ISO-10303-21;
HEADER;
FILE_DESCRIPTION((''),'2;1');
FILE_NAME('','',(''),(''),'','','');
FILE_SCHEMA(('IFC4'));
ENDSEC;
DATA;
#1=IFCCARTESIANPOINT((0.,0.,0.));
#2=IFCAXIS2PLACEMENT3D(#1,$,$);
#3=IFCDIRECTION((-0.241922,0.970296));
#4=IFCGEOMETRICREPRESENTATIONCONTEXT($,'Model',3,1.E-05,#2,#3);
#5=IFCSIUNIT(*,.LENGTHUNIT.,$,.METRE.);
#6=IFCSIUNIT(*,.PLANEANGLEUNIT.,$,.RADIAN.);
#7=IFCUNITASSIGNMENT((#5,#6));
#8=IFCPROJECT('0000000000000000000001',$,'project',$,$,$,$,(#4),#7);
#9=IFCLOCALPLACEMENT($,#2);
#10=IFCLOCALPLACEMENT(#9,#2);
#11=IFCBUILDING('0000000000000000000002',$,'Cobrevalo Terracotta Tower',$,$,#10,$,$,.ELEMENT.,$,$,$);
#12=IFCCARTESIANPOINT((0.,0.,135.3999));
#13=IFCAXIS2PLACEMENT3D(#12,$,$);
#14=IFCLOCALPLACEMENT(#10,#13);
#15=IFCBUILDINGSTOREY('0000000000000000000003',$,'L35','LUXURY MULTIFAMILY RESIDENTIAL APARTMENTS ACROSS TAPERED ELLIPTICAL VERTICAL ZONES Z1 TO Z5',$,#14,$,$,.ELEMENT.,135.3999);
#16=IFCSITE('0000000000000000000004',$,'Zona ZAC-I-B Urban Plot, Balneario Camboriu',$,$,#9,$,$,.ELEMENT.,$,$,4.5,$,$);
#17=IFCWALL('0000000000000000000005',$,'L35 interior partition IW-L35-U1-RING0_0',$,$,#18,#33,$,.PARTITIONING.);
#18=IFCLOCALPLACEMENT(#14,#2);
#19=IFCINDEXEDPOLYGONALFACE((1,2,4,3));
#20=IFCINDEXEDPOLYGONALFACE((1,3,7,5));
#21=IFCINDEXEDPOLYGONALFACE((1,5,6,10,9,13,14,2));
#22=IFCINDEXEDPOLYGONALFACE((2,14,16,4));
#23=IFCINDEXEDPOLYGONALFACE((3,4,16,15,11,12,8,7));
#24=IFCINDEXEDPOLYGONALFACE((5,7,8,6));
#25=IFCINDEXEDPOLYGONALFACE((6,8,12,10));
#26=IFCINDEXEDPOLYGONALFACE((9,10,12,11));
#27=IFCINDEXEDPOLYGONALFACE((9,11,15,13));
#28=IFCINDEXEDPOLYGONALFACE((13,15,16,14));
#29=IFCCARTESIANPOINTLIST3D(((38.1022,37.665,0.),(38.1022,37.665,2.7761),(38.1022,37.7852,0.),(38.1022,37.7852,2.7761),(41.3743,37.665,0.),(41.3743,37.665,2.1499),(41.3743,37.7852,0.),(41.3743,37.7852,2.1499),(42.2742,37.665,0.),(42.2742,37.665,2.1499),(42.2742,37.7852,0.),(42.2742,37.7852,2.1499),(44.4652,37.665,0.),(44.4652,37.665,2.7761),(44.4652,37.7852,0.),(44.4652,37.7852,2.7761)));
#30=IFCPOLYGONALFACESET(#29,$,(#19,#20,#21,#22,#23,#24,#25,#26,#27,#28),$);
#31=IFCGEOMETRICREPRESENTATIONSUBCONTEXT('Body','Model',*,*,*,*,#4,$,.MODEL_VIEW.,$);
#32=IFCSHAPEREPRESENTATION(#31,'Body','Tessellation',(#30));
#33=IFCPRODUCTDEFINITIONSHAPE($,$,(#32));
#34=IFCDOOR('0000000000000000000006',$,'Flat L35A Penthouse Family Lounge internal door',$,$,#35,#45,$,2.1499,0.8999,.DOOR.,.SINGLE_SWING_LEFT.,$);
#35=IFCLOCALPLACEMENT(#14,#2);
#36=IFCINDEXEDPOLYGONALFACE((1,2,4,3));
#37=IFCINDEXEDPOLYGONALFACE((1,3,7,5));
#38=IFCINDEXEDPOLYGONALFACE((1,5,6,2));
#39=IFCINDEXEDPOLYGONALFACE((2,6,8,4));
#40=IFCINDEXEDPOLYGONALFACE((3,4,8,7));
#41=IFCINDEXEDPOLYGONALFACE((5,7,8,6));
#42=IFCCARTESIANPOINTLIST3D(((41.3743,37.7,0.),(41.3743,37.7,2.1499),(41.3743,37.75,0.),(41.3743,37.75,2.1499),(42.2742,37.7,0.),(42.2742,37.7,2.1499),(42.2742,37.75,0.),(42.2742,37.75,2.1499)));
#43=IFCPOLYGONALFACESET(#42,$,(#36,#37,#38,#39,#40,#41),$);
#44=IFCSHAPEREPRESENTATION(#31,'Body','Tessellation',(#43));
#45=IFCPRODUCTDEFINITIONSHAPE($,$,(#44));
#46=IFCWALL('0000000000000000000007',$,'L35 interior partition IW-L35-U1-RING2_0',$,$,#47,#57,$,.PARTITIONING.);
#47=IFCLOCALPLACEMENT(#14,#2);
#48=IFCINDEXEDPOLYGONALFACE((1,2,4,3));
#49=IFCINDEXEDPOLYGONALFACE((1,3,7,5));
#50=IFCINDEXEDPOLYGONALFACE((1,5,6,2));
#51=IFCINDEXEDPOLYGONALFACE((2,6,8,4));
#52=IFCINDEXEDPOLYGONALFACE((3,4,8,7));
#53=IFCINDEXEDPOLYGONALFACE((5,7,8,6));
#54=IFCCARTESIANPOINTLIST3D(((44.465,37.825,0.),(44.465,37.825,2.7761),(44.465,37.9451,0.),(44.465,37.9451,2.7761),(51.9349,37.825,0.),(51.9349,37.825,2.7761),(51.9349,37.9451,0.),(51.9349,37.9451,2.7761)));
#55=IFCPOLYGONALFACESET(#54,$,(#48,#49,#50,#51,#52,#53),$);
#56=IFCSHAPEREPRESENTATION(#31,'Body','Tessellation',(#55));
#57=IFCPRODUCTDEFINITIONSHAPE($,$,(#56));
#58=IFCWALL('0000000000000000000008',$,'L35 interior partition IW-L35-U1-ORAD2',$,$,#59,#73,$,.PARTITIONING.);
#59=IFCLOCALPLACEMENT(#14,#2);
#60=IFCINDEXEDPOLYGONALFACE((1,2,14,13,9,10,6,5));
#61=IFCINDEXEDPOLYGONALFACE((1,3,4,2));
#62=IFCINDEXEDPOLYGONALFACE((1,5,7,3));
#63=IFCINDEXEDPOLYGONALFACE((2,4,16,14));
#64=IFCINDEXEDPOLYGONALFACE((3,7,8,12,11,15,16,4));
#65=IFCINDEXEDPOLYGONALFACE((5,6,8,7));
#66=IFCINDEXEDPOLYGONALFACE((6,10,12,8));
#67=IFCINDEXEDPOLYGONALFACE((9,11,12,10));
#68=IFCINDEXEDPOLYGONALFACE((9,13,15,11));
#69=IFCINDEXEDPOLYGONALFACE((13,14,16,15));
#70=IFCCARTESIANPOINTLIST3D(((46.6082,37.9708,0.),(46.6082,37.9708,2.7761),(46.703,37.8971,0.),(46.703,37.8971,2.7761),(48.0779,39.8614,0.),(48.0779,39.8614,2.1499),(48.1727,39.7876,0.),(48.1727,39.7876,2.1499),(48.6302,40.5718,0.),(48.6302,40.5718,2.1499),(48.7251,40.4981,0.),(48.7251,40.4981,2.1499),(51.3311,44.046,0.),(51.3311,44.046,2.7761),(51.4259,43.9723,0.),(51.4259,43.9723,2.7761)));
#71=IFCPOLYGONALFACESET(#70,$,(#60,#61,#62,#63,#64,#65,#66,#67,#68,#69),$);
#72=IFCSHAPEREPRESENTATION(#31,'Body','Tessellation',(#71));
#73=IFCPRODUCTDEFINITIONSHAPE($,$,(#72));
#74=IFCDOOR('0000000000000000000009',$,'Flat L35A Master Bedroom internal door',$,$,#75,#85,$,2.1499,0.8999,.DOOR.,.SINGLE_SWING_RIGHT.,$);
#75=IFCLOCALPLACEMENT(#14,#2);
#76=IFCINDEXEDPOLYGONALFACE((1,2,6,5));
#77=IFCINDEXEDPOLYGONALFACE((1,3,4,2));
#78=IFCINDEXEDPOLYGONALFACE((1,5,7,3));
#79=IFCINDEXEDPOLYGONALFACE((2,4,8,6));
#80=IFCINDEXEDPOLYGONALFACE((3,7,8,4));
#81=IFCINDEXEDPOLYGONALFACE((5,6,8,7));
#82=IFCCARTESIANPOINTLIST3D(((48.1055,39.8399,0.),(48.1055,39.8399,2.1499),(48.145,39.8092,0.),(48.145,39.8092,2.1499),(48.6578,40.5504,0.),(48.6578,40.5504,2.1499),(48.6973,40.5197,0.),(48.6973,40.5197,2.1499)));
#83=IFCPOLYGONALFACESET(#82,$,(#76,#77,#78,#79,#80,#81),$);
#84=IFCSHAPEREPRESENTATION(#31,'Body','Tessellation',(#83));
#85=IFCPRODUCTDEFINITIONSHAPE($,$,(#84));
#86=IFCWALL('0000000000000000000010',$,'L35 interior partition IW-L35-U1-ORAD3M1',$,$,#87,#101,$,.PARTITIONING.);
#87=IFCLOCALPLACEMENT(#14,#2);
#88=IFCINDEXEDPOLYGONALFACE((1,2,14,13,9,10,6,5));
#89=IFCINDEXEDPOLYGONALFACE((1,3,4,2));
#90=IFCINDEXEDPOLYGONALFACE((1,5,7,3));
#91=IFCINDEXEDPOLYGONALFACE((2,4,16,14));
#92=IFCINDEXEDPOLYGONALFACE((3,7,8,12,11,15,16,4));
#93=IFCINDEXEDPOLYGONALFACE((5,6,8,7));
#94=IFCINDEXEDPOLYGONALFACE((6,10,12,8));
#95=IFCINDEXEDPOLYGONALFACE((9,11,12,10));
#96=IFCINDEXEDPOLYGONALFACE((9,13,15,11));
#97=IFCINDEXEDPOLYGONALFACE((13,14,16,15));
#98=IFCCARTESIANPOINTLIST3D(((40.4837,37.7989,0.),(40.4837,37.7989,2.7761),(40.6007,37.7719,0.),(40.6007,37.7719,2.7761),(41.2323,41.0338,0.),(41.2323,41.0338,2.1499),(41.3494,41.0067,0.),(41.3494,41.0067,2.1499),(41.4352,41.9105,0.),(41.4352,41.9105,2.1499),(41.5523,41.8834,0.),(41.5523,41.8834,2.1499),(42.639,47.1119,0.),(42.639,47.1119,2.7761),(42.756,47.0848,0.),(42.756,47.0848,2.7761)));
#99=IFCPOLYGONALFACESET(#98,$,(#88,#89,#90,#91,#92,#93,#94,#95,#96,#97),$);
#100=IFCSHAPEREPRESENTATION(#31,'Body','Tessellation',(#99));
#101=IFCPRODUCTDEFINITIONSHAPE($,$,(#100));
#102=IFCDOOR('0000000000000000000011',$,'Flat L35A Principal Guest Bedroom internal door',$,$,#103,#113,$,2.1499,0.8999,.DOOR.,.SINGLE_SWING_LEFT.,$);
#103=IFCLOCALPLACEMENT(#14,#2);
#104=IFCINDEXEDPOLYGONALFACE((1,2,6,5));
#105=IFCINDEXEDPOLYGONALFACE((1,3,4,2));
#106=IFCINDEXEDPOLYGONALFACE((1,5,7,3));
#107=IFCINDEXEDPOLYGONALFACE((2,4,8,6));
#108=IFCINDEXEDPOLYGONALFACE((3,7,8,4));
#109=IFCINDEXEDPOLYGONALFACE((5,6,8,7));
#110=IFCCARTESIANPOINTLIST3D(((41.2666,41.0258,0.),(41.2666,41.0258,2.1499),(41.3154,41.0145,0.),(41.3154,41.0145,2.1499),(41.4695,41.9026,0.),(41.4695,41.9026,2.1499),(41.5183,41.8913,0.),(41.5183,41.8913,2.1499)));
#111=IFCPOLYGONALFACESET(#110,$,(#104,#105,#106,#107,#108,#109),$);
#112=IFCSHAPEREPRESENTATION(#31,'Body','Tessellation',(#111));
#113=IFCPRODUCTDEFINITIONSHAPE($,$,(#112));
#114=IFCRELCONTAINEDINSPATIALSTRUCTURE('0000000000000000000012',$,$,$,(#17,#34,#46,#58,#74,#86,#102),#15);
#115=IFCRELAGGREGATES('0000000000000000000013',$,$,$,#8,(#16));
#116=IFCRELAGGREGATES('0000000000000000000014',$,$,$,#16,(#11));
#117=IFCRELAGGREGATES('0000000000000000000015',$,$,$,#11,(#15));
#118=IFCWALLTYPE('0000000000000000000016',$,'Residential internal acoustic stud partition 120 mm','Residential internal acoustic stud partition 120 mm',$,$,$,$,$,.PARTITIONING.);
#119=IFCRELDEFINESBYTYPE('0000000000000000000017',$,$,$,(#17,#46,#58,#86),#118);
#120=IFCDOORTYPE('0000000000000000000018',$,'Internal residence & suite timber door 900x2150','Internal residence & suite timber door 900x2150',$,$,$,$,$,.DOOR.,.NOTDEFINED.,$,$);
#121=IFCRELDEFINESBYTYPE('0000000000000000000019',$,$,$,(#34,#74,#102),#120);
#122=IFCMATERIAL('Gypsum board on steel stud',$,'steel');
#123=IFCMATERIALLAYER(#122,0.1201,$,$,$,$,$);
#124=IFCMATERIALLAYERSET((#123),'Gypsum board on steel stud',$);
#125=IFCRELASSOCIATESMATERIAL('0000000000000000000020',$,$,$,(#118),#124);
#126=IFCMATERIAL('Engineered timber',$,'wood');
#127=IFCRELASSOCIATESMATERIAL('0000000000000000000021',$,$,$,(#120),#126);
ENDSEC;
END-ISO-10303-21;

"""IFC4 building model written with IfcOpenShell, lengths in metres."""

from ifc_helpers import new_model, si_unit, direction, frame, frame_2d, origin, place, context, subcontext, project, spatial, rectangle, extrude, source, transform, mapped, material, layer, layer_set, type_object, element, fill, save


model = new_model("IFC4")

# Units and contexts
model_context = context("Model", 3, precision=1e-05, world=origin(), true_north=direction((-0.241922, 0.970296)))
body_context = subcontext(model_context, "Body", "Model", "MODEL_VIEW")
ifc_project = project(units=[si_unit("LENGTHUNIT", "METRE"), si_unit("PLANEANGLEUNIT", "RADIAN")], contexts=[model_context])

# Site, building, storey
site_placement = place(None, origin())
site = spatial("IfcSite", under=ifc_project, at=site_placement, Name="Zona ZAC-I-B Urban Plot, Balneario Camboriu", CompositionType="ELEMENT", RefElevation=4.5)
building_placement = place(site_placement, origin())
building = spatial("IfcBuilding", under=site, at=building_placement, Name="Cobrevalo Terracotta Tower", CompositionType="ELEMENT")
storey_placement = place(building_placement, frame((0.0, 0.0, 135.3999)))
storey = spatial("IfcBuildingStorey", under=building, at=storey_placement, Name="L35", Description="LUXURY MULTIFAMILY RESIDENTIAL APARTMENTS ACROSS TAPERED ELLIPTICAL VERTICAL ZONES Z1 TO Z5", CompositionType="ELEMENT", Elevation=135.3999)

# Wall, opening, door
ifc_material_1 = material(Name="Gypsum board on steel stud", Category="steel")
ifc_layer_1 = layer(ifc_material_1, 0.1201)
ifc_layer_set_1 = layer_set([ifc_layer_1], Name="Gypsum board on steel stud")
wall_type_1 = type_object("IfcWallType", Name="Residential internal acoustic stud partition 120 mm", Description="Residential internal acoustic stud partition 120 mm", PredefinedType="PARTITIONING", material=ifc_layer_set_1)
wall_1_placement = place(storey_placement, frame((38.1021, 37.7251, 0.0), z_axis=(0.0, 0.0, 1.0), x_axis=(1.0, 0.0, 0.0)))
wall_1 = element("IfcWall", 1, at=wall_1_placement, inside=storey, type_object=wall_type_1, Name="L35 interior partition IW-L35-U1-RING0_0", PredefinedType="PARTITIONING", context=body_context, shape_type="SweptSolid", body=[
    extrude(rectangle(XDim=6.363, YDim=0.1201, at=frame_2d((3.1816, 0.0))), origin(), (0.0, 0.0, 1.0), 2.7761),
])
opening_1_placement = place(wall_1_placement, frame((3.2722, 0.0, 0.0)))
opening_1 = element("IfcOpeningElement", 2, at=opening_1_placement, cuts=wall_1, PredefinedType="OPENING", context=body_context, shape_type="SweptSolid", body=[
    extrude(rectangle(XDim=0.8999, YDim=2.1499, at=frame_2d((0.45, 1.075))), frame((0.0, 0.0701, 0.0), z_axis=(0.0, -1.0, 0.0), x_axis=(1.0, 0.0, 0.0)), (0.0, 0.0, 1.0), 0.1401),
])
ifc_material_2 = material(Name="Engineered timber", Category="wood")
door_type_1 = type_object("IfcDoorType", Name="Internal residence & suite timber door 900x2150", Description="Internal residence & suite timber door 900x2150", OperationType="NOTDEFINED", PredefinedType="DOOR", material=ifc_material_2)
shared_shape_1 = source(origin(), body_context, "Body", "SweptSolid", [
    extrude(rectangle(XDim=0.8999, YDim=2.1499, at=frame_2d((0.45, 1.075))), frame((0.0, 0.0249, 0.0), z_axis=(0.0, -1.0, 0.0), x_axis=(1.0, 0.0, 0.0)), (0.0, 0.0, 1.0), 0.05),
])
door_1_placement = place(opening_1_placement, origin())
door_1 = element("IfcDoor", 3, at=door_1_placement, inside=storey, type_object=door_type_1, Name="Flat L35A Penthouse Family Lounge internal door", OperationType="SINGLE_SWING_LEFT", OverallHeight=2.1499, OverallWidth=0.8999, PredefinedType="DOOR", context=body_context, shape_type="MappedRepresentation", body=[
    mapped(shared_shape_1, transform((0.0, 0.0, 0.0), scale=1.0)),
])
fill(opening_1, door_1)

# Wall
wall_2_placement = place(storey_placement, frame((44.4651, 37.885, 0.0), z_axis=(0.0, 0.0, 1.0), x_axis=(1.0, 0.0, 0.0)))
element("IfcWall", 4, at=wall_2_placement, inside=storey, type_object=wall_type_1, Name="L35 interior partition IW-L35-U1-RING2_0", PredefinedType="PARTITIONING", context=body_context, shape_type="SweptSolid", body=[
    extrude(rectangle(XDim=7.47, YDim=0.1201, at=frame_2d((3.7349, 0.0))), origin(), (0.0, 0.0, 1.0), 2.7761),
])

# Walls, openings, doors
wall_3_placement = place(storey_placement, frame((46.6555, 37.9338, 0.0), z_axis=(0.0, 0.0, 1.0), x_axis=(0.613758, 0.789494, 0.0)))
wall_3 = element("IfcWall", 5, at=wall_3_placement, inside=storey, type_object=wall_type_1, Name="L35 interior partition IW-L35-U1-ORAD2", PredefinedType="PARTITIONING", context=body_context, shape_type="SweptSolid", body=[
    extrude(rectangle(XDim=7.6951, YDim=0.1201, at=frame_2d((3.8477, 0.0))), origin(), (0.0, 0.0, 1.0), 2.7761),
])
opening_2_placement = place(wall_3_placement, frame((2.3948, 0.0, 0.0)))
opening_2 = element("IfcOpeningElement", 6, at=opening_2_placement, cuts=wall_3, PredefinedType="OPENING", context=body_context, shape_type="SweptSolid", body=[
    extrude(rectangle(XDim=0.8999, YDim=2.1499, at=frame_2d((0.45, 1.075))), frame((0.0, 0.0701, 0.0), z_axis=(0.0, -1.0, 0.0), x_axis=(1.0, 0.0, 0.0)), (0.0, 0.0, 1.0), 0.1401),
])
door_2_placement = place(opening_2_placement, frame((0.8999, 0.0, 0.0), z_axis=(0.0, 0.0, 1.0), x_axis=(-1.0, 0.0, 0.0)))
door_2 = element("IfcDoor", 7, at=door_2_placement, inside=storey, type_object=door_type_1, Name="Flat L35A Master Bedroom internal door", OperationType="SINGLE_SWING_RIGHT", OverallHeight=2.1499, OverallWidth=0.8999, PredefinedType="DOOR", context=body_context, shape_type="MappedRepresentation", body=[
    mapped(shared_shape_1, transform((0.0, 0.0, 0.0), scale=1.0)),
])
fill(opening_2, door_2)
wall_4_placement = place(storey_placement, frame((40.5422, 37.7854, 0.0), z_axis=(0.0, 0.0, 1.0), x_axis=(0.225468, 0.974251, 0.0)))
wall_4 = element("IfcWall", 8, at=wall_4_placement, inside=storey, type_object=wall_type_1, Name="L35 interior partition IW-L35-U1-ORAD3M1", PredefinedType="PARTITIONING", context=body_context, shape_type="SweptSolid", body=[
    extrude(rectangle(XDim=9.5591, YDim=0.1201, at=frame_2d((4.7795, 0.0))), origin(), (0.0, 0.0, 1.0), 2.7761),
])
opening_3_placement = place(wall_4_placement, frame((3.3203, 0.0, 0.0)))
opening_3 = element("IfcOpeningElement", 9, at=opening_3_placement, cuts=wall_4, PredefinedType="OPENING", context=body_context, shape_type="SweptSolid", body=[
    extrude(rectangle(XDim=0.8999, YDim=2.1499, at=frame_2d((0.45, 1.075))), frame((0.0, 0.0701, 0.0), z_axis=(0.0, -1.0, 0.0), x_axis=(1.0, 0.0, 0.0)), (0.0, 0.0, 1.0), 0.1401),
])
door_3_placement = place(opening_3_placement, origin())
door_3 = element("IfcDoor", 10, at=door_3_placement, inside=storey, type_object=door_type_1, Name="Flat L35A Principal Guest Bedroom internal door", OperationType="SINGLE_SWING_LEFT", OverallHeight=2.1499, OverallWidth=0.8999, PredefinedType="DOOR", context=body_context, shape_type="MappedRepresentation", body=[
    mapped(shared_shape_1, transform((0.0, 0.0, 0.0), scale=1.0)),
])
fill(opening_3, door_3)

save(model, "model.ifc")
